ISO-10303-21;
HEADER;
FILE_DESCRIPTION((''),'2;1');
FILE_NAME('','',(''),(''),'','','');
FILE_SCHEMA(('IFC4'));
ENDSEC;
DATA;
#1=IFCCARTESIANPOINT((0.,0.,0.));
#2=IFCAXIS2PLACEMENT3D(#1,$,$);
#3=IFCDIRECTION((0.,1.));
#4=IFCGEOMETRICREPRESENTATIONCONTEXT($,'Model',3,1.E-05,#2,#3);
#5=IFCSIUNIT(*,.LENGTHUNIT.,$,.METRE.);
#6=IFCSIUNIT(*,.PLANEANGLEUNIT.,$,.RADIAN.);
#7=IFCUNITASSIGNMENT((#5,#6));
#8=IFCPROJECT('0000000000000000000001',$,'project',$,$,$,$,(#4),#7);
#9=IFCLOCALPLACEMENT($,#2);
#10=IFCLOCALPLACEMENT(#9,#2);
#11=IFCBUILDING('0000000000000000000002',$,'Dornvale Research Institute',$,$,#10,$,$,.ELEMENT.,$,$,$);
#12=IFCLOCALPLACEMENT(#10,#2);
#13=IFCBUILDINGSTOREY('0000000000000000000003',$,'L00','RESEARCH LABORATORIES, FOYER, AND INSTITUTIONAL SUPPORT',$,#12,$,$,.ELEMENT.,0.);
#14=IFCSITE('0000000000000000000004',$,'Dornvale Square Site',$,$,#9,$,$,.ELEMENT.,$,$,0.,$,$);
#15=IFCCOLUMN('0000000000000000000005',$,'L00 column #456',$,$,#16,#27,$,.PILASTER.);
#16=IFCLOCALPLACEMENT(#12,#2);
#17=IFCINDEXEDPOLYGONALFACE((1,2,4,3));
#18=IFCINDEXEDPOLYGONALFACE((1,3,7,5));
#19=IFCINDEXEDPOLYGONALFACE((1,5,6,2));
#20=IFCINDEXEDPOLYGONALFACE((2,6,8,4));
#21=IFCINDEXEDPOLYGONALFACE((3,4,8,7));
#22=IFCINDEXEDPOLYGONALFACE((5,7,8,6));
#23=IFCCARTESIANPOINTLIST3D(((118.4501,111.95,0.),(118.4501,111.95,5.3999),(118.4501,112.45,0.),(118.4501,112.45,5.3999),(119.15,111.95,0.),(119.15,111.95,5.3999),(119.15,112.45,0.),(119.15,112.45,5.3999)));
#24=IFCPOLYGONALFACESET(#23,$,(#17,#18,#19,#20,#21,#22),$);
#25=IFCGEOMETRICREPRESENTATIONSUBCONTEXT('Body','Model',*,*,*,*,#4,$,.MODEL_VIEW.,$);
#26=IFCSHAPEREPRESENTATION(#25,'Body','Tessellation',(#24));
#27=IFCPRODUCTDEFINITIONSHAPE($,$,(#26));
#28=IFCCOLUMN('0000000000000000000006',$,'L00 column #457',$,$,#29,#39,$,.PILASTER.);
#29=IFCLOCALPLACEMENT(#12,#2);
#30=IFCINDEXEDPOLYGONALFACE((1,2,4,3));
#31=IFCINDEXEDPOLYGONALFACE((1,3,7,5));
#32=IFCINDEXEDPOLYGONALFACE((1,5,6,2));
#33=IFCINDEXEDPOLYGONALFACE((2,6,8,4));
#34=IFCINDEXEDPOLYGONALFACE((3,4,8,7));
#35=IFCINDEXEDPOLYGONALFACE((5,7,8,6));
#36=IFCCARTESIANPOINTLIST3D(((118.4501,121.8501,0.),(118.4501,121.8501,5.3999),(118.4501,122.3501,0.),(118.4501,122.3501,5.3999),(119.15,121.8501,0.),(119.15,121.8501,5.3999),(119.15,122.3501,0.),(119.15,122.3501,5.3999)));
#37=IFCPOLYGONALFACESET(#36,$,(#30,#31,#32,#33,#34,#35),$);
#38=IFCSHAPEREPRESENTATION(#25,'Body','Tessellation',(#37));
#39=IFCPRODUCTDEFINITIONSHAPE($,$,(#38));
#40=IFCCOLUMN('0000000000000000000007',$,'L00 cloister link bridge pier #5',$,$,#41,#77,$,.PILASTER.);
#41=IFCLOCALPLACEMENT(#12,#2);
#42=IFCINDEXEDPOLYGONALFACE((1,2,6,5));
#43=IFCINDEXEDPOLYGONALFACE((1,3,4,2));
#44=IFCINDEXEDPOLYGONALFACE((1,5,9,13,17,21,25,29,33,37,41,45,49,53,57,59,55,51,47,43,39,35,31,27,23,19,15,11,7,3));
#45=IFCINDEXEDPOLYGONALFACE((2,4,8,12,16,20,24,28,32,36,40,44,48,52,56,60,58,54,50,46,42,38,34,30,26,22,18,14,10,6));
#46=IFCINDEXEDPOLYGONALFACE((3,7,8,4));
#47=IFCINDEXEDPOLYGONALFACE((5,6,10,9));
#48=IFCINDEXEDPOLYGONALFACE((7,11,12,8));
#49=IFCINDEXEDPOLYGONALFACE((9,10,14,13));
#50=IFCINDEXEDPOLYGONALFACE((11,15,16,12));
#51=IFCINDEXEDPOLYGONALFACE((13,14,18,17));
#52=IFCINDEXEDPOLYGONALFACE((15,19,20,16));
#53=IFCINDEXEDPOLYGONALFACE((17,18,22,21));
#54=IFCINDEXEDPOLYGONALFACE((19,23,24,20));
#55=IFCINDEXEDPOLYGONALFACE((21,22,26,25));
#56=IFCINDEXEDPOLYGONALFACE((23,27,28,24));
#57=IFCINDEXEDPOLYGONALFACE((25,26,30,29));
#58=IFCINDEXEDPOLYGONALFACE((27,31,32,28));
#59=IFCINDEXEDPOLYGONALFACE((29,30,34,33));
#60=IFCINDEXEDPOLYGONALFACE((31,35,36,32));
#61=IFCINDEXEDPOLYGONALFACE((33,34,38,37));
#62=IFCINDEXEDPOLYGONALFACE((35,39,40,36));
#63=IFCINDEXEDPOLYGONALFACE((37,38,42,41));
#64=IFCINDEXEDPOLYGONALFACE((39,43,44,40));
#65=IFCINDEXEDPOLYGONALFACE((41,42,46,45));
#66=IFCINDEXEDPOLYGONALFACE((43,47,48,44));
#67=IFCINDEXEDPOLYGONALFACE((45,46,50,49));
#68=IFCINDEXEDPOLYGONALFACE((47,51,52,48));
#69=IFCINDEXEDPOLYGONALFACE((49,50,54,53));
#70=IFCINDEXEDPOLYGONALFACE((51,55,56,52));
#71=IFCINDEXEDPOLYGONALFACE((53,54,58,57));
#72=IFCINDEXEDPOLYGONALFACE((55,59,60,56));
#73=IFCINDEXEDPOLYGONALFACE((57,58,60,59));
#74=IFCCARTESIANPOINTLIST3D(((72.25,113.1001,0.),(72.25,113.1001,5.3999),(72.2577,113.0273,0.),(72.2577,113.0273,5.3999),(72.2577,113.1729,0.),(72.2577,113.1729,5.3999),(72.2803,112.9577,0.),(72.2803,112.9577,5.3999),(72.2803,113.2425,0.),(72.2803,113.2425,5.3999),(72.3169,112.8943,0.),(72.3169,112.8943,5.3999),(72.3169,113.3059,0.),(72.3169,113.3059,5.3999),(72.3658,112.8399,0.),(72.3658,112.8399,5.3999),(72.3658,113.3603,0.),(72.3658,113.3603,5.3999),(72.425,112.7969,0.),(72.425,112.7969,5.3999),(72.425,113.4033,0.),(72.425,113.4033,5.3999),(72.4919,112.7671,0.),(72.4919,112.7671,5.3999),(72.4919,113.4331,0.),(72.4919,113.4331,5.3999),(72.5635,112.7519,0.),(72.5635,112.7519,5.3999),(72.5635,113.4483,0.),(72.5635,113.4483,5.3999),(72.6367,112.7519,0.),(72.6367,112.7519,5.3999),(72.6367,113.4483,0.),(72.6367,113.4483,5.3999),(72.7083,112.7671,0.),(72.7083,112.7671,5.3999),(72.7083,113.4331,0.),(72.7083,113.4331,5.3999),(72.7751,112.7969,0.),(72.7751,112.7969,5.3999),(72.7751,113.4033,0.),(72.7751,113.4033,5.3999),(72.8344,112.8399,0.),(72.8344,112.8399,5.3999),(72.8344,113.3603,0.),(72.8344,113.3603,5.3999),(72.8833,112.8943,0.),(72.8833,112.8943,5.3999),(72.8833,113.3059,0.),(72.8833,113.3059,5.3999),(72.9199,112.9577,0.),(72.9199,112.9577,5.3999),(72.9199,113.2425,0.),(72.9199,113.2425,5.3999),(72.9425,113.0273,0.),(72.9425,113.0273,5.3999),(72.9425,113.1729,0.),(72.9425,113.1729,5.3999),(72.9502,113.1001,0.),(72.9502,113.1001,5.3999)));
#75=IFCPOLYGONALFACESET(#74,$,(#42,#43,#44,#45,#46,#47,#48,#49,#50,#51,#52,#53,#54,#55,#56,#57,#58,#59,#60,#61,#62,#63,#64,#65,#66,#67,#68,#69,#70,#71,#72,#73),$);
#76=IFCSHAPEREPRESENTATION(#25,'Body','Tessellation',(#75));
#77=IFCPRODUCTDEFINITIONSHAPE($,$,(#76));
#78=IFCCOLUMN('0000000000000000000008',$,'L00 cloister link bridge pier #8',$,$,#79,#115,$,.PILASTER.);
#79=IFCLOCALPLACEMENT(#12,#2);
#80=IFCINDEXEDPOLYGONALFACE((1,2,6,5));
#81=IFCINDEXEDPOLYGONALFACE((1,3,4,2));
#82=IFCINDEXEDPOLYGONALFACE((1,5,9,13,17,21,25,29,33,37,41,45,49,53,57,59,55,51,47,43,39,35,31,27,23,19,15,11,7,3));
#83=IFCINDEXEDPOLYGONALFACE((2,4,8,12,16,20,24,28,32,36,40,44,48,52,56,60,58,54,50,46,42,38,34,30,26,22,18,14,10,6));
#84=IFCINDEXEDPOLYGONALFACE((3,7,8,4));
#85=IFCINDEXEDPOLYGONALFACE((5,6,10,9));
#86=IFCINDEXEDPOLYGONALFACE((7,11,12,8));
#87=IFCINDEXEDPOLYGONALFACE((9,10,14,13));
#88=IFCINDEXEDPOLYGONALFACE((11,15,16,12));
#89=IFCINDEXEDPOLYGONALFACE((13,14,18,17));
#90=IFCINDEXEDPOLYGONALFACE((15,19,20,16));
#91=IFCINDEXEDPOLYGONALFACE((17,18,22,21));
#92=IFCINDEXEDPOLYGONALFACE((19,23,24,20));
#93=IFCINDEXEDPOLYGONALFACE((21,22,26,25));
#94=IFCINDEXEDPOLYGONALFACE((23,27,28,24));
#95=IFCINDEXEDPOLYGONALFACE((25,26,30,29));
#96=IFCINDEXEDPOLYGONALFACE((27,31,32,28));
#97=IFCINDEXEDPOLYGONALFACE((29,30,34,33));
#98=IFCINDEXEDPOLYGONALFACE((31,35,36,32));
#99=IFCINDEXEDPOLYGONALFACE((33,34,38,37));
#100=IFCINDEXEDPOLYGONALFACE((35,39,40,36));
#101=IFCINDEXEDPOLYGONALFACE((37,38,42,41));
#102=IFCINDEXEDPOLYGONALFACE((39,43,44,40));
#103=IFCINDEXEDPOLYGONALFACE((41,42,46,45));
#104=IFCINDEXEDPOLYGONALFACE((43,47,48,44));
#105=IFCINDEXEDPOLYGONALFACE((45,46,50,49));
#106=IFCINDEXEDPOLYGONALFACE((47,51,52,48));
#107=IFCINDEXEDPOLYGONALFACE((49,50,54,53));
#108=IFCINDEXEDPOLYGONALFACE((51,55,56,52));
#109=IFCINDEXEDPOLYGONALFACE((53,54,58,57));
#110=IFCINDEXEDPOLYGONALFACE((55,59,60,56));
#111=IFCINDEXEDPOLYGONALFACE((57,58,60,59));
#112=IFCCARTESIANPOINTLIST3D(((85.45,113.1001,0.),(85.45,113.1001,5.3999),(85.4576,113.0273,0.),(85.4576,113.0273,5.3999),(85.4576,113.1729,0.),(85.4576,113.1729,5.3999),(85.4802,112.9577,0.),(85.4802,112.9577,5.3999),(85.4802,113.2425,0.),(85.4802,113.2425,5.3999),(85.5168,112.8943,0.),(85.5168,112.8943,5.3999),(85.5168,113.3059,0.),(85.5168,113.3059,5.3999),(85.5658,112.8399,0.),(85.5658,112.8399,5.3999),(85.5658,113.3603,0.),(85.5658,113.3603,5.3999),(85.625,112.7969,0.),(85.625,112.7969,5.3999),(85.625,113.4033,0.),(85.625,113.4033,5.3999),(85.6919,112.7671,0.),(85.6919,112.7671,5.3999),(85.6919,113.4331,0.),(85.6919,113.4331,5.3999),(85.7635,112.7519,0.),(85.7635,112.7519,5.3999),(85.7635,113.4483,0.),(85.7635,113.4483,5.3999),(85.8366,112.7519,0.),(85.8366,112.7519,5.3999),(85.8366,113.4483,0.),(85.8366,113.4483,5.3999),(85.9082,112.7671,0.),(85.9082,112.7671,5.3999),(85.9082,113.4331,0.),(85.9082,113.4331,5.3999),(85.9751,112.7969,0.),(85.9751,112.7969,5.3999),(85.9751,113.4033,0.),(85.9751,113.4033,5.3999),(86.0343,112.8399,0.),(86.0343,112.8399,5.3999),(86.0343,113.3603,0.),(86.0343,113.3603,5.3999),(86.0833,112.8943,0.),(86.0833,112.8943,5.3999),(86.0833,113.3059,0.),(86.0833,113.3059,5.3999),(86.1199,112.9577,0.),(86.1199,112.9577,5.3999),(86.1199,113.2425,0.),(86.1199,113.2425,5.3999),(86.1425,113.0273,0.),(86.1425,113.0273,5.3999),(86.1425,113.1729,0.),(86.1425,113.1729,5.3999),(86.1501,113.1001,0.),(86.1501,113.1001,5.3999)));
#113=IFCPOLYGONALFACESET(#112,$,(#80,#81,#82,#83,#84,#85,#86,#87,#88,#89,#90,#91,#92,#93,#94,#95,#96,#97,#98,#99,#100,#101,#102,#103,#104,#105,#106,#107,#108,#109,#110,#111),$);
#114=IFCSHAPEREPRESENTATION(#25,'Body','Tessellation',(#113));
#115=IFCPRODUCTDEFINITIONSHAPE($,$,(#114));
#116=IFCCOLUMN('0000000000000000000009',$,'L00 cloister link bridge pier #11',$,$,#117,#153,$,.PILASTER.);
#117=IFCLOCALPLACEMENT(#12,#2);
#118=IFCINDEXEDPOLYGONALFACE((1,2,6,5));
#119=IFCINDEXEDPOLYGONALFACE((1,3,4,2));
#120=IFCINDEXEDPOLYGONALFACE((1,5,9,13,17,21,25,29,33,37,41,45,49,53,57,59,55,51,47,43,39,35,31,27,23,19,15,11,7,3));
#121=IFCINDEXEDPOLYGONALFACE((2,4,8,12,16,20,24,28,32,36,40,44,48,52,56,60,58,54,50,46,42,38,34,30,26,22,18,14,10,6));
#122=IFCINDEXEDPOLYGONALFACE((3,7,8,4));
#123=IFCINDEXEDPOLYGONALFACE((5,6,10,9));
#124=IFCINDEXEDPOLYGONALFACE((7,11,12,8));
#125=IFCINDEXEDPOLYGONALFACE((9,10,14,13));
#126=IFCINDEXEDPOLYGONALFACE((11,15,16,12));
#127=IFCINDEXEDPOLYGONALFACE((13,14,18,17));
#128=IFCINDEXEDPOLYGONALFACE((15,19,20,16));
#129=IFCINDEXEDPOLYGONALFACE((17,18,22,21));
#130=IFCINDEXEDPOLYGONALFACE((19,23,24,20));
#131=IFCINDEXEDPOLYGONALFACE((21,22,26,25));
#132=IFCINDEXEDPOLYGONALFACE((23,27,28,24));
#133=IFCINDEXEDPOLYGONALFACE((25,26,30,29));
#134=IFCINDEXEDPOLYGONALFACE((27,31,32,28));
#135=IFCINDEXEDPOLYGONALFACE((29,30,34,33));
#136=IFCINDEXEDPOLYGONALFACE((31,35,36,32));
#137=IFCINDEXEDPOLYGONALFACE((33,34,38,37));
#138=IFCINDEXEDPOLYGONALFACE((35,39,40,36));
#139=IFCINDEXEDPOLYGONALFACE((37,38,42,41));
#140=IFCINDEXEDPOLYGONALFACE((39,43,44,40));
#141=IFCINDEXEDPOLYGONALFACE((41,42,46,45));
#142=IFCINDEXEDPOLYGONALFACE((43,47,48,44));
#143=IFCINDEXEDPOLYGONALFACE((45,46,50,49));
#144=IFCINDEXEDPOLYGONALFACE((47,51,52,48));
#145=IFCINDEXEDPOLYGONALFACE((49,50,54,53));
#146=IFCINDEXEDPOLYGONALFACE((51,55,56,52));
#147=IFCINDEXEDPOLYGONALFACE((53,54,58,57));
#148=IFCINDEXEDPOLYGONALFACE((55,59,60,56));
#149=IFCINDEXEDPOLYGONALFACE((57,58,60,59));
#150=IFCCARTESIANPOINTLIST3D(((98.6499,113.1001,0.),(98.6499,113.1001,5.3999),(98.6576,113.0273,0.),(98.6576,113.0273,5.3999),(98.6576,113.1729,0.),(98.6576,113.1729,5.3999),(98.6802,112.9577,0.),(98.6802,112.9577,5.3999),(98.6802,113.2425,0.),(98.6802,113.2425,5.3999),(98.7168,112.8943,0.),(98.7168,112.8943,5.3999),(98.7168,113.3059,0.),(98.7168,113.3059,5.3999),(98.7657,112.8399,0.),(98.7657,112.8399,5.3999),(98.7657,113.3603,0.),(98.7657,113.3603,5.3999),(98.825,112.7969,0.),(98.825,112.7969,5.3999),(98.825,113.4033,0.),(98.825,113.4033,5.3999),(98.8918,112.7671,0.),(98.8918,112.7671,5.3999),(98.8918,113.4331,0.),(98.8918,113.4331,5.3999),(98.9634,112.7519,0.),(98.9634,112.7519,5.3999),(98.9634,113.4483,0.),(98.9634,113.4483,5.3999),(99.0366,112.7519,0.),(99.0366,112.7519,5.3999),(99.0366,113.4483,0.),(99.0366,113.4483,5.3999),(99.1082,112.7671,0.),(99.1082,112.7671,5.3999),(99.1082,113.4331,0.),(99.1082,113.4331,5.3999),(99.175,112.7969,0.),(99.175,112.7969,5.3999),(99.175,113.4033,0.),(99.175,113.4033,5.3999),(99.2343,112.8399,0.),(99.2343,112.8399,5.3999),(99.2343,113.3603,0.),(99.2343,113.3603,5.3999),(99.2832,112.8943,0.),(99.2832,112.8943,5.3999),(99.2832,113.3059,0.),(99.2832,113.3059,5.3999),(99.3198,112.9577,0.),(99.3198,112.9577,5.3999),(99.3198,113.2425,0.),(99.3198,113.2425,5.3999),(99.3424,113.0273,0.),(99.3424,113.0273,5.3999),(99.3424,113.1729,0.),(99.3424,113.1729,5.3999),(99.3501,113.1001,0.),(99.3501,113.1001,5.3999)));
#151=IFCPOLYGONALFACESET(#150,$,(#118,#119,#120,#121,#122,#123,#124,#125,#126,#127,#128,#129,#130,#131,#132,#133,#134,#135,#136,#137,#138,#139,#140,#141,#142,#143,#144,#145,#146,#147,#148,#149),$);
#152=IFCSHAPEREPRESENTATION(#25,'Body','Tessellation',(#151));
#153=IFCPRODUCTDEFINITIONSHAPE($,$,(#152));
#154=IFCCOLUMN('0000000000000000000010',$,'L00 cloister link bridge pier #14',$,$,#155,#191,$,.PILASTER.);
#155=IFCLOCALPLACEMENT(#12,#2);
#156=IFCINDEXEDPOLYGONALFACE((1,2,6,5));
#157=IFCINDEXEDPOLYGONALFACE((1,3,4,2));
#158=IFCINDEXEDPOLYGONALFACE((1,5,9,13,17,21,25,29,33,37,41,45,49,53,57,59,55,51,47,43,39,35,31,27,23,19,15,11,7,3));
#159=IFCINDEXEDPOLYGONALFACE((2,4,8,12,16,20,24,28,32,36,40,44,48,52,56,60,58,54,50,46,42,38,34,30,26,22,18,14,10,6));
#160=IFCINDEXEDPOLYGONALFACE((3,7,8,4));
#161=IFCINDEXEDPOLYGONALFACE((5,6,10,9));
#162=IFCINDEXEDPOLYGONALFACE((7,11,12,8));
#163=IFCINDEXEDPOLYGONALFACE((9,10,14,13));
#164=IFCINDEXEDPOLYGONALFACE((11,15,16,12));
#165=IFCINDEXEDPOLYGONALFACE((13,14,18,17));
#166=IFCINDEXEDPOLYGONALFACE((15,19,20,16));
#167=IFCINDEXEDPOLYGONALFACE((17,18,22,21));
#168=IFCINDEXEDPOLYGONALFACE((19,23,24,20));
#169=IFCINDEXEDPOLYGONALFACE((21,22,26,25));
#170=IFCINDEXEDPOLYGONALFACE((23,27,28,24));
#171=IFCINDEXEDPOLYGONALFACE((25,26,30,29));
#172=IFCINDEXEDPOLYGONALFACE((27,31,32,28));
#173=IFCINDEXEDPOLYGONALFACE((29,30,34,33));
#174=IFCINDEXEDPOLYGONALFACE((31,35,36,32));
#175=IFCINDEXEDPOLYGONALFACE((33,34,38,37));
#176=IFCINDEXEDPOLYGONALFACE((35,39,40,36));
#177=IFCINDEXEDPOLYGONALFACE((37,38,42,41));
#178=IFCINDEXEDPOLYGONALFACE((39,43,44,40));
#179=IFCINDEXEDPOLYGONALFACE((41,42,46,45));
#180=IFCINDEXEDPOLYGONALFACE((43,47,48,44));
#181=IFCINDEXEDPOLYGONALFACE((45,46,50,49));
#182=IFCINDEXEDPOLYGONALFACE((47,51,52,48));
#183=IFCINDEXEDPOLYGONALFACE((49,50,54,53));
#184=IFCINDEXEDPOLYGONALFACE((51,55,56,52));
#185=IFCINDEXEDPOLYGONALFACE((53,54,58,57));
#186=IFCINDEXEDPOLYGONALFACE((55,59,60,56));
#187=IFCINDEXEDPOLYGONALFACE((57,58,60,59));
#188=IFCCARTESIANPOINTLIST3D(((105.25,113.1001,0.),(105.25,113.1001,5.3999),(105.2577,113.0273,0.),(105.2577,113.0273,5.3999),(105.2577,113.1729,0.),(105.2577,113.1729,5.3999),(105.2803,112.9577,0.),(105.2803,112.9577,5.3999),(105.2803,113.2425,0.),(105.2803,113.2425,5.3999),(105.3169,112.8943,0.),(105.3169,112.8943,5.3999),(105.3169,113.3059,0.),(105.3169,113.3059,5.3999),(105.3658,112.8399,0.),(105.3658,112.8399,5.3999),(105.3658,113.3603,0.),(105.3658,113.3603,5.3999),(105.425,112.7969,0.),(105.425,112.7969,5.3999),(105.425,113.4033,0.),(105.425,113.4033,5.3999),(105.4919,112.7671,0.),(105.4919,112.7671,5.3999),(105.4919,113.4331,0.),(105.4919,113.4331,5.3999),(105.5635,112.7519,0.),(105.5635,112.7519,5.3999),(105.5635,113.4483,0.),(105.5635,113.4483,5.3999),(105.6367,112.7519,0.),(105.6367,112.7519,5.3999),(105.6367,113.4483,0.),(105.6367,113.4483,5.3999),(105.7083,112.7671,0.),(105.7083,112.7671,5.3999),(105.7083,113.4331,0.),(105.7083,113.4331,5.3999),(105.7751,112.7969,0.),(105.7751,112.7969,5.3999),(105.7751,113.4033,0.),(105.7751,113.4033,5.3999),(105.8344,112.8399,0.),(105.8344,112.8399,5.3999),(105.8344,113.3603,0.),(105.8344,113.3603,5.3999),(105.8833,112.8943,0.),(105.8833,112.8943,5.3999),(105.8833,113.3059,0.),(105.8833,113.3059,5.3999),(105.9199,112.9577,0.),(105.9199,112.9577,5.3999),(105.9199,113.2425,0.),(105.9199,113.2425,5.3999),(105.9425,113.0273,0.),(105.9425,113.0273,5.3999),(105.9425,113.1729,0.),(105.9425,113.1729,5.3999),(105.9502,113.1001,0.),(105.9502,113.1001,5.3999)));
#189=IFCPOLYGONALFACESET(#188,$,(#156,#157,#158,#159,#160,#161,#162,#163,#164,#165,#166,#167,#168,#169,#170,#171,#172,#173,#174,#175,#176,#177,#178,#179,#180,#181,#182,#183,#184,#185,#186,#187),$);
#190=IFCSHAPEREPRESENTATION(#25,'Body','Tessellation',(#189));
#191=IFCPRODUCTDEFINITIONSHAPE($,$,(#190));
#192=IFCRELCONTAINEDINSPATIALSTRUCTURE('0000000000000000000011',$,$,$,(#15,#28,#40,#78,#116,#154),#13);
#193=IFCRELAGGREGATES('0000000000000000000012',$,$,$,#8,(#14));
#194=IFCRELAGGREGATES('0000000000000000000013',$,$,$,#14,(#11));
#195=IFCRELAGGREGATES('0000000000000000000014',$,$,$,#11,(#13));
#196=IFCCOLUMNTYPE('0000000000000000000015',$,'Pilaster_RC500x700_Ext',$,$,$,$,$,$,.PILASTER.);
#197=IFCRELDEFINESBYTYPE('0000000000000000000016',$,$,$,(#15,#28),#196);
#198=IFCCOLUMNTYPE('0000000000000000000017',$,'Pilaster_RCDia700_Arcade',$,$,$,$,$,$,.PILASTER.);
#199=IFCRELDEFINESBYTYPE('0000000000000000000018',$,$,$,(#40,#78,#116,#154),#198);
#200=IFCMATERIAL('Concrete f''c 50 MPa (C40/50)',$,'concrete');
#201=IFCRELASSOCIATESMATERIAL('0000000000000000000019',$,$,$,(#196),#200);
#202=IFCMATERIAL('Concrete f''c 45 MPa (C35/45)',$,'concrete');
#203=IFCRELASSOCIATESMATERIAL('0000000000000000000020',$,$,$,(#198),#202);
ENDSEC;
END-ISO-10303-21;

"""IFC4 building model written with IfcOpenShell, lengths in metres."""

from ifc_helpers import new_model, si_unit, direction, frame, origin, origin_2d, place, context, subcontext, project, spatial, rectangle, circle, extrude, material, material_profile, profile_set, type_object, element, save


model = new_model("IFC4")

# Units and contexts
model_context = context("Model", 3, precision=1e-05, world=origin(), true_north=direction((0.0, 1.0)))
body_context = subcontext(model_context, "Body", "Model", "MODEL_VIEW")
ifc_project = project(units=[si_unit("LENGTHUNIT", "METRE"), si_unit("PLANEANGLEUNIT", "RADIAN")], contexts=[model_context])

# Site, building, storey
site_placement = place(None, origin())
site = spatial("IfcSite", under=ifc_project, at=site_placement, Name="Dornvale Square Site", CompositionType="ELEMENT", RefElevation=0.0)
building_placement = place(site_placement, origin())
building = spatial("IfcBuilding", under=site, at=building_placement, Name="Dornvale Research Institute", CompositionType="ELEMENT")
storey_placement = place(building_placement, origin())
storey = spatial("IfcBuildingStorey", under=building, at=storey_placement, Name="L00", Description="RESEARCH LABORATORIES, FOYER, AND INSTITUTIONAL SUPPORT", CompositionType="ELEMENT", Elevation=0.0)

# Columns
ifc_material_1 = material(Name="Concrete f'c 50 MPa (C40/50)", Category="concrete")
ifc_material_profile_1 = material_profile(ifc_material_1, rectangle(XDim=0.5, YDim=0.7, at=origin_2d()), Name="RC 500x700")
ifc_profile_set_1 = profile_set([ifc_material_profile_1], Name="Concrete f'c 50 MPa (C40/50)")
column_type_1 = type_object("IfcColumnType", Name="Pilaster_RC500x700_Ext", PredefinedType="PILASTER", material=ifc_profile_set_1)
for number, where, z_axis, x_axis, name in (
    (1, (118.8, 112.2, 0.0), (0.0, 0.0, 1.0), (0.0, 1.0, 0.0), "L00 column #456"),
    (2, (118.8, 122.1001, 0.0), (0.0, 0.0, 1.0), (0.0, 1.0, 0.0), "L00 column #457"),
):
    element("IfcColumn", number, at=place(storey_placement, frame(where, z_axis=z_axis, x_axis=x_axis)), inside=storey, type_object=column_type_1, Name=name, PredefinedType="PILASTER", context=body_context, shape_type="SweptSolid", body=[
        extrude(rectangle(XDim=0.5, YDim=0.7, at=origin_2d()), origin(), (0.0, 0.0, 1.0), 5.3999),
    ])
ifc_material_2 = material(Name="Concrete f'c 45 MPa (C35/45)", Category="concrete")
ifc_material_profile_2 = material_profile(ifc_material_2, circle(Radius=0.3501, at=origin_2d()), Name="RC DIA 700")
ifc_profile_set_2 = profile_set([ifc_material_profile_2], Name="Concrete f'c 45 MPa (C35/45)")
column_type_2 = type_object("IfcColumnType", Name="Pilaster_RCDia700_Arcade", PredefinedType="PILASTER", material=ifc_profile_set_2)
for number, where, z_axis, x_axis, name in (
    (3, (72.6001, 113.1001, 0.0), (0.0, 0.0, 1.0), (1.0, 0.0, 0.0), "L00 cloister link bridge pier #5"),
    (4, (85.8, 113.1001, 0.0), (0.0, 0.0, 1.0), (1.0, 0.0, 0.0), "L00 cloister link bridge pier #8"),
    (5, (99.0, 113.1001, 0.0), (0.0, 0.0, 1.0), (1.0, 0.0, 0.0), "L00 cloister link bridge pier #11"),
    (6, (105.6001, 113.1001, 0.0), (0.0, 0.0, 1.0), (1.0, 0.0, 0.0), "L00 cloister link bridge pier #14"),
):
    element("IfcColumn", number, at=place(storey_placement, frame(where, z_axis=z_axis, x_axis=x_axis)), inside=storey, type_object=column_type_2, Name=name, PredefinedType="PILASTER", context=body_context, shape_type="SweptSolid", body=[
        extrude(circle(Radius=0.3501, at=origin_2d()), origin(), (0.0, 0.0, 1.0), 5.3999),
    ])

save(model, "model.ifc")
